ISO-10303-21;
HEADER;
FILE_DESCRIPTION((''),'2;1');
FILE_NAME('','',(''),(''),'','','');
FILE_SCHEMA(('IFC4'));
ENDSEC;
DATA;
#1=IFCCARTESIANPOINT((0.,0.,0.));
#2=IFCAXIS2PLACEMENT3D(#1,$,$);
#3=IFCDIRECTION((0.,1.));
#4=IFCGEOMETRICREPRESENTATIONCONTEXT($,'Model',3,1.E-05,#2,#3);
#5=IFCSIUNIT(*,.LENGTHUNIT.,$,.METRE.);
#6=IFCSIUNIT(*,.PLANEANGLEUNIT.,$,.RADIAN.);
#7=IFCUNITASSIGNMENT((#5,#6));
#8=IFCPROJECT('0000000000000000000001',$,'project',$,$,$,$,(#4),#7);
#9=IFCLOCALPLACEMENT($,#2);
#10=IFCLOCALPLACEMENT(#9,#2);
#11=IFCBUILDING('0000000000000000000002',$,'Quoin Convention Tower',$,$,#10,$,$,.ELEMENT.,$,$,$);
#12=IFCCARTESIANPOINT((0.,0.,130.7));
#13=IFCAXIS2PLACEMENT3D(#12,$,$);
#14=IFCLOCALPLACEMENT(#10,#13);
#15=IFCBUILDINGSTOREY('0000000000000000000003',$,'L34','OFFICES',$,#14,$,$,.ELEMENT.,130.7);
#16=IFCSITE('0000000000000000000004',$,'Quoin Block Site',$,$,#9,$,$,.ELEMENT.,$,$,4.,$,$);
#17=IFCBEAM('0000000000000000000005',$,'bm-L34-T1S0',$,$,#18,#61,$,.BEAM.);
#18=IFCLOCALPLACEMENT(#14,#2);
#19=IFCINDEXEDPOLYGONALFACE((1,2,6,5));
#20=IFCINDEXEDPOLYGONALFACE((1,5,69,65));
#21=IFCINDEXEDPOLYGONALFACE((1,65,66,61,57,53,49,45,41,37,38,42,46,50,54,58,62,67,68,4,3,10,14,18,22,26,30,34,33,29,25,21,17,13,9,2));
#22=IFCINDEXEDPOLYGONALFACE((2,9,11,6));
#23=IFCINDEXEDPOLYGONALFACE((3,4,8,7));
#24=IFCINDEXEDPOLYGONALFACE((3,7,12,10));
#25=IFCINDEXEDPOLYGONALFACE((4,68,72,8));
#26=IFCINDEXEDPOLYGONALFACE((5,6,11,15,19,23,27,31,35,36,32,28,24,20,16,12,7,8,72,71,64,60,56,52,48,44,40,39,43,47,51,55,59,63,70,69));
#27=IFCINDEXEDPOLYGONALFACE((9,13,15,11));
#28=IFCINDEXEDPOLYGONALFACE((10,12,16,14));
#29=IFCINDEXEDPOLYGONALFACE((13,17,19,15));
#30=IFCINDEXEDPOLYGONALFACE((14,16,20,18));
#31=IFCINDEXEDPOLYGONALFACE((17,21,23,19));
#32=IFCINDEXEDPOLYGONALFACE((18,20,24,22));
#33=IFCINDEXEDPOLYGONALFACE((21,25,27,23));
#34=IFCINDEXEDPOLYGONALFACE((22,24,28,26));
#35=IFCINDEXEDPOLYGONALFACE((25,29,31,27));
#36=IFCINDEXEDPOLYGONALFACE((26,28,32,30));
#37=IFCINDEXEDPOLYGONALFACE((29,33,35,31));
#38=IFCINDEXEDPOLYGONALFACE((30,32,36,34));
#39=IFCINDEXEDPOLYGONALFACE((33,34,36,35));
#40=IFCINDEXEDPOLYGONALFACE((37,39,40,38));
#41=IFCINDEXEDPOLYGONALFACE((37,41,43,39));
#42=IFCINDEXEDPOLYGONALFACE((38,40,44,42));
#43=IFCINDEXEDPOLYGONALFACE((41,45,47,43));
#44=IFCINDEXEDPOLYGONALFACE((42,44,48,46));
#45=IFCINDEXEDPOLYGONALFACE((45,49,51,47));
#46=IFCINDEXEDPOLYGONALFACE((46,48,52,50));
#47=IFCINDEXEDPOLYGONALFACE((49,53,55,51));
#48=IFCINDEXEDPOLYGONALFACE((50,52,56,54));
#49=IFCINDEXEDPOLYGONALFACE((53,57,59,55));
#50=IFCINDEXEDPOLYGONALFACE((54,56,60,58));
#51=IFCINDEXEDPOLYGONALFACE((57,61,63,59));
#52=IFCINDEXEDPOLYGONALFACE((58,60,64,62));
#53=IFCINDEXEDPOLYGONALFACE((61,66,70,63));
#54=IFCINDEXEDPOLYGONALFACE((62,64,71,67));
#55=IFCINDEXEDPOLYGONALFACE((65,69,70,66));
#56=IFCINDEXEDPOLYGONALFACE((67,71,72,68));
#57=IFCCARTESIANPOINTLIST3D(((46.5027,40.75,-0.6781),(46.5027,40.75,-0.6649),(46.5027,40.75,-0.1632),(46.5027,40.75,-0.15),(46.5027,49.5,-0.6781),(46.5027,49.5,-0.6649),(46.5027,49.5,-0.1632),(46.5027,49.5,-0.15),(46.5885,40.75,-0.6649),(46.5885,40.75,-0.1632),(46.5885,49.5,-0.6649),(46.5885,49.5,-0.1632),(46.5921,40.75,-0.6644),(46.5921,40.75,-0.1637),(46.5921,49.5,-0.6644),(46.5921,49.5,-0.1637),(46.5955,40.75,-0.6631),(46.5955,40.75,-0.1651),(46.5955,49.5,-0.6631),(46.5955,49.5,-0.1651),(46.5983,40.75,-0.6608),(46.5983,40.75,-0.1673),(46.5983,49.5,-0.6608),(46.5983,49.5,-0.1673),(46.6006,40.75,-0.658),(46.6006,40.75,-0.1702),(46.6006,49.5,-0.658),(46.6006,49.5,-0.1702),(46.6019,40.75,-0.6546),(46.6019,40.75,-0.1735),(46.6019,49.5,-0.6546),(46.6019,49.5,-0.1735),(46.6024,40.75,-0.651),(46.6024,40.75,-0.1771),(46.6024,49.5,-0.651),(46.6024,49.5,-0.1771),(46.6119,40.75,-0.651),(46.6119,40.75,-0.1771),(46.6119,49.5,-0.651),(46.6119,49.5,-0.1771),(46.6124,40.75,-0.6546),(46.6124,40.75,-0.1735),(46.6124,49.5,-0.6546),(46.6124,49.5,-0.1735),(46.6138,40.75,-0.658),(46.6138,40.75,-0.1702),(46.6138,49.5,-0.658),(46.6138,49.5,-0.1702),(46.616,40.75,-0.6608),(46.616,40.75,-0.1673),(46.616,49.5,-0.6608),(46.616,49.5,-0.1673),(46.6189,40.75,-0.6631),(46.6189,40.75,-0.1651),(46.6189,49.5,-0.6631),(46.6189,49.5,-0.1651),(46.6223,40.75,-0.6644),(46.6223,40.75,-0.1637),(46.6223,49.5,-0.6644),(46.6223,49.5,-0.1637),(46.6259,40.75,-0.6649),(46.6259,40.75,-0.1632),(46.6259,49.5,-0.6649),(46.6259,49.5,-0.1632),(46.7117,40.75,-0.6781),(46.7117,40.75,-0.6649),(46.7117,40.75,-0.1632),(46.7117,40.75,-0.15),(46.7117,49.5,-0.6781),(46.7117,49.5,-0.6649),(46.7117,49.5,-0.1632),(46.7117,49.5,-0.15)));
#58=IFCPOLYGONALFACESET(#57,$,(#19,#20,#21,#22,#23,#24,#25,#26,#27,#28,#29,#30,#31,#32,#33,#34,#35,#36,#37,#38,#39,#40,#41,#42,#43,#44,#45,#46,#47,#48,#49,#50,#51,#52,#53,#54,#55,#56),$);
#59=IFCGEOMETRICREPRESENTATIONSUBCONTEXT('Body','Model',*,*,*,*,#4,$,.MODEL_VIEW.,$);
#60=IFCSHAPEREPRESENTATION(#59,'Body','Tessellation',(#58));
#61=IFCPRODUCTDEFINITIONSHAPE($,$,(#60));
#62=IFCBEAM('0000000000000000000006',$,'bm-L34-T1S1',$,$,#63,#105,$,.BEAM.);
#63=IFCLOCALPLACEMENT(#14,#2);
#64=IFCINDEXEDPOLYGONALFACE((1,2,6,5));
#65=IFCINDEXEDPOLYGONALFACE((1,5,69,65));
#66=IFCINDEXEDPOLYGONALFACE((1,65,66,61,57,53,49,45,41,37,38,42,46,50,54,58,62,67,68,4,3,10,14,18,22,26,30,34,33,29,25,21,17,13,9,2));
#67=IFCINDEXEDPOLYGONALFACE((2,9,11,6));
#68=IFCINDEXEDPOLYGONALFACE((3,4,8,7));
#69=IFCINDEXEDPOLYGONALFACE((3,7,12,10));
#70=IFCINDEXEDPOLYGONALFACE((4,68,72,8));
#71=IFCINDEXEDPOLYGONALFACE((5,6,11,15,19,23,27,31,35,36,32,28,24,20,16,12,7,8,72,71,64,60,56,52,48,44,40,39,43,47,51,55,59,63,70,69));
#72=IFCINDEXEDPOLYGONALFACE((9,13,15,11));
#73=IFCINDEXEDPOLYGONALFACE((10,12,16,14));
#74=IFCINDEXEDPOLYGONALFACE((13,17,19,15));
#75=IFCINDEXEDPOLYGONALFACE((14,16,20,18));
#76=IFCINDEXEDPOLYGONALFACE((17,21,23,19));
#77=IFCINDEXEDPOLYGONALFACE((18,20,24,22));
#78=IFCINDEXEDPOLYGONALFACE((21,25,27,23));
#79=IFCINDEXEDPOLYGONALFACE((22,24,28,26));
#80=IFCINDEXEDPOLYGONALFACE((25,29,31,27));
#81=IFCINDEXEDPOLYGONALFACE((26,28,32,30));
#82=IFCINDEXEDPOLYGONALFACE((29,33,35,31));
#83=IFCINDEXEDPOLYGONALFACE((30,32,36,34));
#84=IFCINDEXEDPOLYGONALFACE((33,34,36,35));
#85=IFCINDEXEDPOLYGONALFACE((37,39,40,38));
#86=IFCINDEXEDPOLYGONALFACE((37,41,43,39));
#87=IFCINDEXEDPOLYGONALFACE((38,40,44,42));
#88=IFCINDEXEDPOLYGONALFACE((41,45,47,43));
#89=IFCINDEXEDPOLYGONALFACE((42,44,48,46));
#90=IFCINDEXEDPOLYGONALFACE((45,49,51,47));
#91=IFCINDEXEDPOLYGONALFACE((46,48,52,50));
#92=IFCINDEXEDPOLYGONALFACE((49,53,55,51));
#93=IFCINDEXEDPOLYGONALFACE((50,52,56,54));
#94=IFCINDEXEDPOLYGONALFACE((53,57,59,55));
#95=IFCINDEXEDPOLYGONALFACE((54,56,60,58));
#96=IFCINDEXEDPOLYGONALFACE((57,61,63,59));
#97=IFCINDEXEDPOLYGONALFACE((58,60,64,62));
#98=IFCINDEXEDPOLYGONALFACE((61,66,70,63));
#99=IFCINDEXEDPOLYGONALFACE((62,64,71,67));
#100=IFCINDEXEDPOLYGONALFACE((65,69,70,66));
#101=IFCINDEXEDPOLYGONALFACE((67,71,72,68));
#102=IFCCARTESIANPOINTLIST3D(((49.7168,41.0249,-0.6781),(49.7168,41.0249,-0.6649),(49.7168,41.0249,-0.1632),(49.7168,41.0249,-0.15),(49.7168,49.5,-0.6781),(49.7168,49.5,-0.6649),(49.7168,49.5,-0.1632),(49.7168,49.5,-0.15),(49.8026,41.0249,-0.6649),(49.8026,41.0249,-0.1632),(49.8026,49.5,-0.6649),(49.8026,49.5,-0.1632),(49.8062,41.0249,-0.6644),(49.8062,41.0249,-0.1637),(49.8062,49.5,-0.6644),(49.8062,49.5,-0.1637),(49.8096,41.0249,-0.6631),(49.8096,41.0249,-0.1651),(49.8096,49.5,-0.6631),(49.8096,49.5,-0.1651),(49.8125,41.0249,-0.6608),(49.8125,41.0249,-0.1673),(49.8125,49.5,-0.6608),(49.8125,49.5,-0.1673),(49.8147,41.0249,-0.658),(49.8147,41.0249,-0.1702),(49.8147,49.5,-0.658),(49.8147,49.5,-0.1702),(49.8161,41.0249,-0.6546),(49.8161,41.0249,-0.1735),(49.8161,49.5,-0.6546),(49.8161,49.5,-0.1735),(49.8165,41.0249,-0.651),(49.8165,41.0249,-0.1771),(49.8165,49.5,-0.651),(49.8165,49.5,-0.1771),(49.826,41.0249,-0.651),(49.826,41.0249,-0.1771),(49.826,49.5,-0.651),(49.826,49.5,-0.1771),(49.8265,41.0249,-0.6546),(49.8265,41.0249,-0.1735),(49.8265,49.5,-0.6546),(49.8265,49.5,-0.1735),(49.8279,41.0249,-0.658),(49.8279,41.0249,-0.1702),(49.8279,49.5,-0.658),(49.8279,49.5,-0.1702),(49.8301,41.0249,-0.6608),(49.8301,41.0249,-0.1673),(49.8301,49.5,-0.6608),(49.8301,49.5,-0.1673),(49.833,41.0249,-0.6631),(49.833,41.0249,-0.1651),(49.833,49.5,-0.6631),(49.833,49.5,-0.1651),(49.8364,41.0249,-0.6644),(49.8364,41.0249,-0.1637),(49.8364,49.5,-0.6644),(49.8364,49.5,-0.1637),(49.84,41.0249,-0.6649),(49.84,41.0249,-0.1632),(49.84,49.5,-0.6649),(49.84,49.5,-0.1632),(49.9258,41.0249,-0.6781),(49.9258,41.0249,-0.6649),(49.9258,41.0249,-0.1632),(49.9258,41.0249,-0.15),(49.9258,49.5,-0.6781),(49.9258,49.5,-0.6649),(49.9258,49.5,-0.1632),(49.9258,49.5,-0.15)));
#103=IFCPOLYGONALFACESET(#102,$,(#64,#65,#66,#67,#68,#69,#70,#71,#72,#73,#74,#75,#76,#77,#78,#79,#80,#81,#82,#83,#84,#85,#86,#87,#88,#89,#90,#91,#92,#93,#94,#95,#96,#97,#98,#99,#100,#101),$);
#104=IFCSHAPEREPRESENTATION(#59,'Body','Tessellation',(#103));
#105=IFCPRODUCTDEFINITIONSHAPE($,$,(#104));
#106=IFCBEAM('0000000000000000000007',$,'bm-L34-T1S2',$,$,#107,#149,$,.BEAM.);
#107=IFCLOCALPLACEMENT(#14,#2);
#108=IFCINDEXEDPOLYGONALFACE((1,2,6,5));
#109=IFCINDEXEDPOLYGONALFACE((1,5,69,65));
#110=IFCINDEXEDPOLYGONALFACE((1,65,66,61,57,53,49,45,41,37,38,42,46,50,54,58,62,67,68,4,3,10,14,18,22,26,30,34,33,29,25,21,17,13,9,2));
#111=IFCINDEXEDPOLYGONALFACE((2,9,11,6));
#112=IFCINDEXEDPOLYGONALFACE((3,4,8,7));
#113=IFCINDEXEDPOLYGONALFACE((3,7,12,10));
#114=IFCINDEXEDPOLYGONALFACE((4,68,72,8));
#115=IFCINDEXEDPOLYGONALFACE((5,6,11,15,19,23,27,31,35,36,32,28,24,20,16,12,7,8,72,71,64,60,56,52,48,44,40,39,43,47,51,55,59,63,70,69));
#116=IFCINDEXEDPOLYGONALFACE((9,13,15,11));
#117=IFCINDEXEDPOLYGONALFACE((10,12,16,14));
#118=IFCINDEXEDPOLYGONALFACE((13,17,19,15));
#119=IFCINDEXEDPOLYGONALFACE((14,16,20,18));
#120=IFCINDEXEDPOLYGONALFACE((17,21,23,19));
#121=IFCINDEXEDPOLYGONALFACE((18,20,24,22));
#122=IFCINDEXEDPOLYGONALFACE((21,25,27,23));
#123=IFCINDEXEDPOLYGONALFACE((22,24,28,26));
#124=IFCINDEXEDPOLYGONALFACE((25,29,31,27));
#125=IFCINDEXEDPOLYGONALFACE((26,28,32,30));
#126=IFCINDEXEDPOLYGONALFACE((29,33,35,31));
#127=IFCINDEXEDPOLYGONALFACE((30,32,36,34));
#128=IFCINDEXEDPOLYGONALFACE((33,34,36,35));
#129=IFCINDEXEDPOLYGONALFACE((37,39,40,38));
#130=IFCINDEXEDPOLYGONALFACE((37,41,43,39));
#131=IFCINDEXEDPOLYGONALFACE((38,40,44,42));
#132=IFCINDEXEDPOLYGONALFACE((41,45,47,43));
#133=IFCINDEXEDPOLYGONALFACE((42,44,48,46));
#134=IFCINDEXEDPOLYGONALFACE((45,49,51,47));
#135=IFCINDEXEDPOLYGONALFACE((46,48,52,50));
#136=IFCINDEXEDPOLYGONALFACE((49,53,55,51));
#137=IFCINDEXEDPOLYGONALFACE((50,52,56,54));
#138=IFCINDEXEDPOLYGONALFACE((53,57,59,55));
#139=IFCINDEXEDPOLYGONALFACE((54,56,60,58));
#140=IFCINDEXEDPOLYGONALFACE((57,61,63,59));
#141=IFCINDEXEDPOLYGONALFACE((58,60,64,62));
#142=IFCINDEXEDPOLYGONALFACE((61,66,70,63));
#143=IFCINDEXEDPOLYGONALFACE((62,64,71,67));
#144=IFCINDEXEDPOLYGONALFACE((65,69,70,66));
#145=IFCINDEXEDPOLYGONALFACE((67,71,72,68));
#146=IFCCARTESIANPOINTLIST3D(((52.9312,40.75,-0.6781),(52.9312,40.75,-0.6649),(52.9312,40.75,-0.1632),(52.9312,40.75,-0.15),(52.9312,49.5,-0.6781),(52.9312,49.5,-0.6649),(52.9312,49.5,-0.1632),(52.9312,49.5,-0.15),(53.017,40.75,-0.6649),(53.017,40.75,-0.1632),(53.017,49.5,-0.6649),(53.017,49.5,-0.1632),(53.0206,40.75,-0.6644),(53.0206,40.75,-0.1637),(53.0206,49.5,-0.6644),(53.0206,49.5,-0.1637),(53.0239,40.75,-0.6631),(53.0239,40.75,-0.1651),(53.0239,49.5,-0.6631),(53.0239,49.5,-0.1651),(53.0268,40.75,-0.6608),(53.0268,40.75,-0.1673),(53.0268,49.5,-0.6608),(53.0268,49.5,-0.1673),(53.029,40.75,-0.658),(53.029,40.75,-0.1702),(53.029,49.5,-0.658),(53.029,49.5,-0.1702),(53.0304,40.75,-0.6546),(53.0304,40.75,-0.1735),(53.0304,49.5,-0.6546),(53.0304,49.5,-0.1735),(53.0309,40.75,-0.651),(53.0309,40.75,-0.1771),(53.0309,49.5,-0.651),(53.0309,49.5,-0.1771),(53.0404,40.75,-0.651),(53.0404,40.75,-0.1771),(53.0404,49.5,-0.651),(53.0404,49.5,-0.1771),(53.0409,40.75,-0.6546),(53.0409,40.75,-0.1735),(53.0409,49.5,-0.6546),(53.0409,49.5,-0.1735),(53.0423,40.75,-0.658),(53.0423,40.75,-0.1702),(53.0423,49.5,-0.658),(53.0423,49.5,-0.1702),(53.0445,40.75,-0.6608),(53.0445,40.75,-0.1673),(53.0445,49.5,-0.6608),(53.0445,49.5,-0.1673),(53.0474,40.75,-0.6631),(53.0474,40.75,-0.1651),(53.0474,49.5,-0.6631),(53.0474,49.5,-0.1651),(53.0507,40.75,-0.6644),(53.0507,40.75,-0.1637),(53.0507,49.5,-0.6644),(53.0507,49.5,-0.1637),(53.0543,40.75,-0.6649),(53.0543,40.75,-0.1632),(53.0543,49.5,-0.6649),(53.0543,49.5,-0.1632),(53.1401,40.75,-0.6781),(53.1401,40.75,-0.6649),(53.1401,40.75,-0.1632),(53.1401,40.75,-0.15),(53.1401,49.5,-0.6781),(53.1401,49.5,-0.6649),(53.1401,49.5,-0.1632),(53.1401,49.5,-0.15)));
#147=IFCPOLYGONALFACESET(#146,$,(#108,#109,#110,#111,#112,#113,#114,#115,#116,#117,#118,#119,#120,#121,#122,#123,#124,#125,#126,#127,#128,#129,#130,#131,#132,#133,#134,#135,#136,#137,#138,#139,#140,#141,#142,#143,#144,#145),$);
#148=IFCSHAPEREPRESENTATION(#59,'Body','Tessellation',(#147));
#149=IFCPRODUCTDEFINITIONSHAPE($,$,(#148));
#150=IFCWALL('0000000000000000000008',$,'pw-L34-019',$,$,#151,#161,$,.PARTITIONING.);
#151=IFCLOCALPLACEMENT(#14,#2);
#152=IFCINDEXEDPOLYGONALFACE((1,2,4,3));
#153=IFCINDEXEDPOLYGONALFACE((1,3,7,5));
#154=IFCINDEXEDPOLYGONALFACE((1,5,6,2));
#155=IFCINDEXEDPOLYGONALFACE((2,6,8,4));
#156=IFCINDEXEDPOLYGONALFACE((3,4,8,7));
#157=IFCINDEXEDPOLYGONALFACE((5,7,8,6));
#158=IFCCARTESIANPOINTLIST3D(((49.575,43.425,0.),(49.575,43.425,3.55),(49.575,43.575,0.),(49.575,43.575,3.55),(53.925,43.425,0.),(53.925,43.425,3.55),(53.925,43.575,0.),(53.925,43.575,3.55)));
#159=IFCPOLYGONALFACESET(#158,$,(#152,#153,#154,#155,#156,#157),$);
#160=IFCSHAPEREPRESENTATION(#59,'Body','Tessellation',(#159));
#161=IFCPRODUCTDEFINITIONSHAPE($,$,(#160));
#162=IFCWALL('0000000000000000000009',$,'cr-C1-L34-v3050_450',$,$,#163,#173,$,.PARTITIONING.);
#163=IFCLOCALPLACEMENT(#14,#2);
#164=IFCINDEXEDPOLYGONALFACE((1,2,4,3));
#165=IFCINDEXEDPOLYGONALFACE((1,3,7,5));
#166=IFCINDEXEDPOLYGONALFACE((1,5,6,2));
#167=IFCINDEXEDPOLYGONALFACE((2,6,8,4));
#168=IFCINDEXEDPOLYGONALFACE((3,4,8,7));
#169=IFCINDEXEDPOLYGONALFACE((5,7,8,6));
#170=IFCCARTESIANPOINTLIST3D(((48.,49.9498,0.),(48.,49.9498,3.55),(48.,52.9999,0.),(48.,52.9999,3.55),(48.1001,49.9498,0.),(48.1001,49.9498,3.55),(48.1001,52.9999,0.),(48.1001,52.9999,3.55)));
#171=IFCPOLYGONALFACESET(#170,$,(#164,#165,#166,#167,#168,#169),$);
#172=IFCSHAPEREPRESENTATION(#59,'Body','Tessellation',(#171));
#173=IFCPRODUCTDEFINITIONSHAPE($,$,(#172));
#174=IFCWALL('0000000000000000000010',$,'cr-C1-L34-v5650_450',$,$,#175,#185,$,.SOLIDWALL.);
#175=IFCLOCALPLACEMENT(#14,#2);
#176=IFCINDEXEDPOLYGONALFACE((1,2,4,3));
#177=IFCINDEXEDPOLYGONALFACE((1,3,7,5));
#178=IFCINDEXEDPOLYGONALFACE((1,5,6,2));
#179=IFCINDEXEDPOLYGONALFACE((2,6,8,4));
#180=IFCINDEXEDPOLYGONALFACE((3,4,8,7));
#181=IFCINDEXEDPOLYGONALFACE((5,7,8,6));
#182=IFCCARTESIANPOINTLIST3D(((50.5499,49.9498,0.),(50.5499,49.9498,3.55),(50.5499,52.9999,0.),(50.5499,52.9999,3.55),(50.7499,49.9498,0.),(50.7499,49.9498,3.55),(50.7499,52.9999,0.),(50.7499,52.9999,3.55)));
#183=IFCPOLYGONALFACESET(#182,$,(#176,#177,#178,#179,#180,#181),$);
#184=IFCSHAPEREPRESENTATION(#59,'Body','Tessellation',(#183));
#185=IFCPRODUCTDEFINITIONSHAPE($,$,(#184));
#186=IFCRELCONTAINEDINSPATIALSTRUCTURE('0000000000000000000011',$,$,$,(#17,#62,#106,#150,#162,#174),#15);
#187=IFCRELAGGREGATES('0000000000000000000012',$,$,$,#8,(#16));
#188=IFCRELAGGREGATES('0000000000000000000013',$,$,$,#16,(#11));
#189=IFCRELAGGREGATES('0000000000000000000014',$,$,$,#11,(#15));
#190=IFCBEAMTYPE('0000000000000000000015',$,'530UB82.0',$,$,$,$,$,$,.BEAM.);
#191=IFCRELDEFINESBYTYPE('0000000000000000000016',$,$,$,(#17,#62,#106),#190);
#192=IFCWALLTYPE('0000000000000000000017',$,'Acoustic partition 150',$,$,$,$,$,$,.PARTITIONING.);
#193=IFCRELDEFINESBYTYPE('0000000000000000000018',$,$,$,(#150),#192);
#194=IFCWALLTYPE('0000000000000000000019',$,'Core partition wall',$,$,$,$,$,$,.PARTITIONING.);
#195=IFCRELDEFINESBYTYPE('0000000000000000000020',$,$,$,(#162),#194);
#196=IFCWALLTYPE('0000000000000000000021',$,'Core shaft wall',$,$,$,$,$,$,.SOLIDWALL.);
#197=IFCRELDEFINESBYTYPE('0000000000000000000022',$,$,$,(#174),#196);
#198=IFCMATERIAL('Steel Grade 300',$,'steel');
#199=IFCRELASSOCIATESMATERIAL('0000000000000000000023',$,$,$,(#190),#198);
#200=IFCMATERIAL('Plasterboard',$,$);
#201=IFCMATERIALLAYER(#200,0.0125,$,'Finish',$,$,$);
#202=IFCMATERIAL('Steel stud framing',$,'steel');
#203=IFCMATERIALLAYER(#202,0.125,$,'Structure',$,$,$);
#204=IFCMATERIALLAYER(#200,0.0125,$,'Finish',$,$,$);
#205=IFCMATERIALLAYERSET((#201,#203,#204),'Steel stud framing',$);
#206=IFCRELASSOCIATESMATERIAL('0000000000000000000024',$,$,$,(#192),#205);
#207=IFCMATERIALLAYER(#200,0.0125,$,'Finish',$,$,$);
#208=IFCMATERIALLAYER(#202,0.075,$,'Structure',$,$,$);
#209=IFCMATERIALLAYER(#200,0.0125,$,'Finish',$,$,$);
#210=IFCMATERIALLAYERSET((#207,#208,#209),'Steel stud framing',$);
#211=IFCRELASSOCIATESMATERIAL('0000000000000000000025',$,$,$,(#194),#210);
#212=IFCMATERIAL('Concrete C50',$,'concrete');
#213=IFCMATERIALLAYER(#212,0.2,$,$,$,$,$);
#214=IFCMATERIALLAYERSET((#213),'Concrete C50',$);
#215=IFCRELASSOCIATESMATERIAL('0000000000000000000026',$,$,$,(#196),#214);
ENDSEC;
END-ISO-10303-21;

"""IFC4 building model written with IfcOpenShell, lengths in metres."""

from ifc_helpers import new_model, si_unit, direction, frame, frame_2d, origin, origin_2d, place, context, subcontext, project, spatial, rectangle, i_section, extrude, material, layer, layer_set, material_profile, profile_set, type_object, element, save


model = new_model("IFC4")

# Units and contexts
model_context = context("Model", 3, precision=1e-05, world=origin(), true_north=direction((0.0, 1.0)))
body_context = subcontext(model_context, "Body", "Model", "MODEL_VIEW")
ifc_project = project(units=[si_unit("LENGTHUNIT", "METRE"), si_unit("PLANEANGLEUNIT", "RADIAN")], contexts=[model_context])

# Site, building, storey
site_placement = place(None, origin())
site = spatial("IfcSite", under=ifc_project, at=site_placement, Name="Quoin Block Site", CompositionType="ELEMENT", RefElevation=4.0)
building_placement = place(site_placement, origin())
building = spatial("IfcBuilding", under=site, at=building_placement, Name="Quoin Convention Tower", CompositionType="ELEMENT")
storey_placement = place(building_placement, frame((0.0, 0.0, 130.7)))
storey = spatial("IfcBuildingStorey", under=building, at=storey_placement, Name="L34", Description="OFFICES", CompositionType="ELEMENT", Elevation=130.7)

# Beams
ifc_material_1 = material(Name="Steel Grade 300", Category="steel")
ifc_material_profile = material_profile(ifc_material_1, i_section(OverallWidth=0.209, OverallDepth=0.5281, WebThickness=0.0095, FlangeThickness=0.0132, FilletRadius=0.0139, at=origin_2d()), Name="530UB82.0")
ifc_profile_set = profile_set([ifc_material_profile], Name="Steel Grade 300")
beam_type = type_object("IfcBeamType", Name="530UB82.0", PredefinedType="BEAM", material=ifc_profile_set)
beam_1_placement = place(storey_placement, frame((46.6072, 40.75, -0.4141), z_axis=(0.0, 1.0, 0.0), x_axis=(-1.0, 0.0, 0.0)))
element("IfcBeam", 1, at=beam_1_placement, inside=storey, type_object=beam_type, Name="bm-L34-T1S0", PredefinedType="BEAM", context=body_context, shape_type="SweptSolid", body=[
    extrude(i_section(OverallWidth=0.209, OverallDepth=0.5281, WebThickness=0.0095, FlangeThickness=0.0132, FilletRadius=0.0139, at=origin_2d()), origin(), (0.0, 0.0, 1.0), 8.75),
])
beam_2_placement = place(storey_placement, frame((49.8213, 41.0249, -0.4141), z_axis=(0.0, 1.0, 0.0), x_axis=(-1.0, 0.0, 0.0)))
element("IfcBeam", 2, at=beam_2_placement, inside=storey, type_object=beam_type, Name="bm-L34-T1S1", PredefinedType="BEAM", context=body_context, shape_type="SweptSolid", body=[
    extrude(i_section(OverallWidth=0.209, OverallDepth=0.5281, WebThickness=0.0095, FlangeThickness=0.0132, FilletRadius=0.0139, at=origin_2d()), origin(), (0.0, 0.0, 1.0), 8.4751),
])
beam_3_placement = place(storey_placement, frame((53.0356, 40.75, -0.4141), z_axis=(0.0, 1.0, 0.0), x_axis=(-1.0, 0.0, 0.0)))
element("IfcBeam", 3, at=beam_3_placement, inside=storey, type_object=beam_type, Name="bm-L34-T1S2", PredefinedType="BEAM", context=body_context, shape_type="SweptSolid", body=[
    extrude(i_section(OverallWidth=0.209, OverallDepth=0.5281, WebThickness=0.0095, FlangeThickness=0.0132, FilletRadius=0.0139, at=origin_2d()), origin(), (0.0, 0.0, 1.0), 8.75),
])

# Walls
ifc_material_2 = material(Name="Plasterboard")
ifc_layer_1 = layer(ifc_material_2, 0.0125, Name="Finish")
ifc_material_3 = material(Name="Steel stud framing", Category="steel")
ifc_layer_2 = layer(ifc_material_3, 0.125, Name="Structure")
ifc_layer_3 = layer(ifc_material_2, 0.0125, Name="Finish")
ifc_layer_set_1 = layer_set([ifc_layer_1, ifc_layer_2, ifc_layer_3], Name="Steel stud framing")
wall_type_1 = type_object("IfcWallType", Name="Acoustic partition 150", PredefinedType="PARTITIONING", material=ifc_layer_set_1)
wall_1_placement = place(storey_placement, frame((49.575, 43.5, 0.0), z_axis=(0.0, 0.0, 1.0), x_axis=(1.0, 0.0, 0.0)))
element("IfcWall", 4, at=wall_1_placement, inside=storey, type_object=wall_type_1, Name="pw-L34-019", PredefinedType="PARTITIONING", context=body_context, shape_type="SweptSolid", body=[
    extrude(rectangle(XDim=4.3501, YDim=0.1499, at=frame_2d((2.175, 0.0))), origin(), (0.0, 0.0, 1.0), 3.55),
])
ifc_layer_4 = layer(ifc_material_2, 0.0125, Name="Finish")
ifc_layer_5 = layer(ifc_material_3, 0.075, Name="Structure")
ifc_layer_6 = layer(ifc_material_2, 0.0125, Name="Finish")
ifc_layer_set_2 = layer_set([ifc_layer_4, ifc_layer_5, ifc_layer_6], Name="Steel stud framing")
wall_type_2 = type_object("IfcWallType", Name="Core partition wall", PredefinedType="PARTITIONING", material=ifc_layer_set_2)
wall_2_placement = place(storey_placement, frame((48.05, 49.95, 0.0), z_axis=(0.0, 0.0, 1.0), x_axis=(0.0, 1.0, 0.0)))
element("IfcWall", 5, at=wall_2_placement, inside=storey, type_object=wall_type_2, Name="cr-C1-L34-v3050_450", PredefinedType="PARTITIONING", context=body_context, shape_type="SweptSolid", body=[
    extrude(rectangle(XDim=3.05, YDim=0.1001, at=frame_2d((1.5249, 0.0))), origin(), (0.0, 0.0, 1.0), 3.55),
])
ifc_material_4 = material(Name="Concrete C50", Category="concrete")
ifc_layer_7 = layer(ifc_material_4, 0.2)
ifc_layer_set_3 = layer_set([ifc_layer_7], Name="Concrete C50")
wall_type_3 = type_object("IfcWallType", Name="Core shaft wall", PredefinedType="SOLIDWALL", material=ifc_layer_set_3)
wall_3_placement = place(storey_placement, frame((50.6499, 49.95, 0.0), z_axis=(0.0, 0.0, 1.0), x_axis=(0.0, 1.0, 0.0)))
element("IfcWall", 6, at=wall_3_placement, inside=storey, type_object=wall_type_3, Name="cr-C1-L34-v5650_450", PredefinedType="SOLIDWALL", context=body_context, shape_type="SweptSolid", body=[
    extrude(rectangle(XDim=3.05, YDim=0.2, at=frame_2d((1.5249, 0.0))), origin(), (0.0, 0.0, 1.0), 3.55),
])

save(model, "model.ifc")
